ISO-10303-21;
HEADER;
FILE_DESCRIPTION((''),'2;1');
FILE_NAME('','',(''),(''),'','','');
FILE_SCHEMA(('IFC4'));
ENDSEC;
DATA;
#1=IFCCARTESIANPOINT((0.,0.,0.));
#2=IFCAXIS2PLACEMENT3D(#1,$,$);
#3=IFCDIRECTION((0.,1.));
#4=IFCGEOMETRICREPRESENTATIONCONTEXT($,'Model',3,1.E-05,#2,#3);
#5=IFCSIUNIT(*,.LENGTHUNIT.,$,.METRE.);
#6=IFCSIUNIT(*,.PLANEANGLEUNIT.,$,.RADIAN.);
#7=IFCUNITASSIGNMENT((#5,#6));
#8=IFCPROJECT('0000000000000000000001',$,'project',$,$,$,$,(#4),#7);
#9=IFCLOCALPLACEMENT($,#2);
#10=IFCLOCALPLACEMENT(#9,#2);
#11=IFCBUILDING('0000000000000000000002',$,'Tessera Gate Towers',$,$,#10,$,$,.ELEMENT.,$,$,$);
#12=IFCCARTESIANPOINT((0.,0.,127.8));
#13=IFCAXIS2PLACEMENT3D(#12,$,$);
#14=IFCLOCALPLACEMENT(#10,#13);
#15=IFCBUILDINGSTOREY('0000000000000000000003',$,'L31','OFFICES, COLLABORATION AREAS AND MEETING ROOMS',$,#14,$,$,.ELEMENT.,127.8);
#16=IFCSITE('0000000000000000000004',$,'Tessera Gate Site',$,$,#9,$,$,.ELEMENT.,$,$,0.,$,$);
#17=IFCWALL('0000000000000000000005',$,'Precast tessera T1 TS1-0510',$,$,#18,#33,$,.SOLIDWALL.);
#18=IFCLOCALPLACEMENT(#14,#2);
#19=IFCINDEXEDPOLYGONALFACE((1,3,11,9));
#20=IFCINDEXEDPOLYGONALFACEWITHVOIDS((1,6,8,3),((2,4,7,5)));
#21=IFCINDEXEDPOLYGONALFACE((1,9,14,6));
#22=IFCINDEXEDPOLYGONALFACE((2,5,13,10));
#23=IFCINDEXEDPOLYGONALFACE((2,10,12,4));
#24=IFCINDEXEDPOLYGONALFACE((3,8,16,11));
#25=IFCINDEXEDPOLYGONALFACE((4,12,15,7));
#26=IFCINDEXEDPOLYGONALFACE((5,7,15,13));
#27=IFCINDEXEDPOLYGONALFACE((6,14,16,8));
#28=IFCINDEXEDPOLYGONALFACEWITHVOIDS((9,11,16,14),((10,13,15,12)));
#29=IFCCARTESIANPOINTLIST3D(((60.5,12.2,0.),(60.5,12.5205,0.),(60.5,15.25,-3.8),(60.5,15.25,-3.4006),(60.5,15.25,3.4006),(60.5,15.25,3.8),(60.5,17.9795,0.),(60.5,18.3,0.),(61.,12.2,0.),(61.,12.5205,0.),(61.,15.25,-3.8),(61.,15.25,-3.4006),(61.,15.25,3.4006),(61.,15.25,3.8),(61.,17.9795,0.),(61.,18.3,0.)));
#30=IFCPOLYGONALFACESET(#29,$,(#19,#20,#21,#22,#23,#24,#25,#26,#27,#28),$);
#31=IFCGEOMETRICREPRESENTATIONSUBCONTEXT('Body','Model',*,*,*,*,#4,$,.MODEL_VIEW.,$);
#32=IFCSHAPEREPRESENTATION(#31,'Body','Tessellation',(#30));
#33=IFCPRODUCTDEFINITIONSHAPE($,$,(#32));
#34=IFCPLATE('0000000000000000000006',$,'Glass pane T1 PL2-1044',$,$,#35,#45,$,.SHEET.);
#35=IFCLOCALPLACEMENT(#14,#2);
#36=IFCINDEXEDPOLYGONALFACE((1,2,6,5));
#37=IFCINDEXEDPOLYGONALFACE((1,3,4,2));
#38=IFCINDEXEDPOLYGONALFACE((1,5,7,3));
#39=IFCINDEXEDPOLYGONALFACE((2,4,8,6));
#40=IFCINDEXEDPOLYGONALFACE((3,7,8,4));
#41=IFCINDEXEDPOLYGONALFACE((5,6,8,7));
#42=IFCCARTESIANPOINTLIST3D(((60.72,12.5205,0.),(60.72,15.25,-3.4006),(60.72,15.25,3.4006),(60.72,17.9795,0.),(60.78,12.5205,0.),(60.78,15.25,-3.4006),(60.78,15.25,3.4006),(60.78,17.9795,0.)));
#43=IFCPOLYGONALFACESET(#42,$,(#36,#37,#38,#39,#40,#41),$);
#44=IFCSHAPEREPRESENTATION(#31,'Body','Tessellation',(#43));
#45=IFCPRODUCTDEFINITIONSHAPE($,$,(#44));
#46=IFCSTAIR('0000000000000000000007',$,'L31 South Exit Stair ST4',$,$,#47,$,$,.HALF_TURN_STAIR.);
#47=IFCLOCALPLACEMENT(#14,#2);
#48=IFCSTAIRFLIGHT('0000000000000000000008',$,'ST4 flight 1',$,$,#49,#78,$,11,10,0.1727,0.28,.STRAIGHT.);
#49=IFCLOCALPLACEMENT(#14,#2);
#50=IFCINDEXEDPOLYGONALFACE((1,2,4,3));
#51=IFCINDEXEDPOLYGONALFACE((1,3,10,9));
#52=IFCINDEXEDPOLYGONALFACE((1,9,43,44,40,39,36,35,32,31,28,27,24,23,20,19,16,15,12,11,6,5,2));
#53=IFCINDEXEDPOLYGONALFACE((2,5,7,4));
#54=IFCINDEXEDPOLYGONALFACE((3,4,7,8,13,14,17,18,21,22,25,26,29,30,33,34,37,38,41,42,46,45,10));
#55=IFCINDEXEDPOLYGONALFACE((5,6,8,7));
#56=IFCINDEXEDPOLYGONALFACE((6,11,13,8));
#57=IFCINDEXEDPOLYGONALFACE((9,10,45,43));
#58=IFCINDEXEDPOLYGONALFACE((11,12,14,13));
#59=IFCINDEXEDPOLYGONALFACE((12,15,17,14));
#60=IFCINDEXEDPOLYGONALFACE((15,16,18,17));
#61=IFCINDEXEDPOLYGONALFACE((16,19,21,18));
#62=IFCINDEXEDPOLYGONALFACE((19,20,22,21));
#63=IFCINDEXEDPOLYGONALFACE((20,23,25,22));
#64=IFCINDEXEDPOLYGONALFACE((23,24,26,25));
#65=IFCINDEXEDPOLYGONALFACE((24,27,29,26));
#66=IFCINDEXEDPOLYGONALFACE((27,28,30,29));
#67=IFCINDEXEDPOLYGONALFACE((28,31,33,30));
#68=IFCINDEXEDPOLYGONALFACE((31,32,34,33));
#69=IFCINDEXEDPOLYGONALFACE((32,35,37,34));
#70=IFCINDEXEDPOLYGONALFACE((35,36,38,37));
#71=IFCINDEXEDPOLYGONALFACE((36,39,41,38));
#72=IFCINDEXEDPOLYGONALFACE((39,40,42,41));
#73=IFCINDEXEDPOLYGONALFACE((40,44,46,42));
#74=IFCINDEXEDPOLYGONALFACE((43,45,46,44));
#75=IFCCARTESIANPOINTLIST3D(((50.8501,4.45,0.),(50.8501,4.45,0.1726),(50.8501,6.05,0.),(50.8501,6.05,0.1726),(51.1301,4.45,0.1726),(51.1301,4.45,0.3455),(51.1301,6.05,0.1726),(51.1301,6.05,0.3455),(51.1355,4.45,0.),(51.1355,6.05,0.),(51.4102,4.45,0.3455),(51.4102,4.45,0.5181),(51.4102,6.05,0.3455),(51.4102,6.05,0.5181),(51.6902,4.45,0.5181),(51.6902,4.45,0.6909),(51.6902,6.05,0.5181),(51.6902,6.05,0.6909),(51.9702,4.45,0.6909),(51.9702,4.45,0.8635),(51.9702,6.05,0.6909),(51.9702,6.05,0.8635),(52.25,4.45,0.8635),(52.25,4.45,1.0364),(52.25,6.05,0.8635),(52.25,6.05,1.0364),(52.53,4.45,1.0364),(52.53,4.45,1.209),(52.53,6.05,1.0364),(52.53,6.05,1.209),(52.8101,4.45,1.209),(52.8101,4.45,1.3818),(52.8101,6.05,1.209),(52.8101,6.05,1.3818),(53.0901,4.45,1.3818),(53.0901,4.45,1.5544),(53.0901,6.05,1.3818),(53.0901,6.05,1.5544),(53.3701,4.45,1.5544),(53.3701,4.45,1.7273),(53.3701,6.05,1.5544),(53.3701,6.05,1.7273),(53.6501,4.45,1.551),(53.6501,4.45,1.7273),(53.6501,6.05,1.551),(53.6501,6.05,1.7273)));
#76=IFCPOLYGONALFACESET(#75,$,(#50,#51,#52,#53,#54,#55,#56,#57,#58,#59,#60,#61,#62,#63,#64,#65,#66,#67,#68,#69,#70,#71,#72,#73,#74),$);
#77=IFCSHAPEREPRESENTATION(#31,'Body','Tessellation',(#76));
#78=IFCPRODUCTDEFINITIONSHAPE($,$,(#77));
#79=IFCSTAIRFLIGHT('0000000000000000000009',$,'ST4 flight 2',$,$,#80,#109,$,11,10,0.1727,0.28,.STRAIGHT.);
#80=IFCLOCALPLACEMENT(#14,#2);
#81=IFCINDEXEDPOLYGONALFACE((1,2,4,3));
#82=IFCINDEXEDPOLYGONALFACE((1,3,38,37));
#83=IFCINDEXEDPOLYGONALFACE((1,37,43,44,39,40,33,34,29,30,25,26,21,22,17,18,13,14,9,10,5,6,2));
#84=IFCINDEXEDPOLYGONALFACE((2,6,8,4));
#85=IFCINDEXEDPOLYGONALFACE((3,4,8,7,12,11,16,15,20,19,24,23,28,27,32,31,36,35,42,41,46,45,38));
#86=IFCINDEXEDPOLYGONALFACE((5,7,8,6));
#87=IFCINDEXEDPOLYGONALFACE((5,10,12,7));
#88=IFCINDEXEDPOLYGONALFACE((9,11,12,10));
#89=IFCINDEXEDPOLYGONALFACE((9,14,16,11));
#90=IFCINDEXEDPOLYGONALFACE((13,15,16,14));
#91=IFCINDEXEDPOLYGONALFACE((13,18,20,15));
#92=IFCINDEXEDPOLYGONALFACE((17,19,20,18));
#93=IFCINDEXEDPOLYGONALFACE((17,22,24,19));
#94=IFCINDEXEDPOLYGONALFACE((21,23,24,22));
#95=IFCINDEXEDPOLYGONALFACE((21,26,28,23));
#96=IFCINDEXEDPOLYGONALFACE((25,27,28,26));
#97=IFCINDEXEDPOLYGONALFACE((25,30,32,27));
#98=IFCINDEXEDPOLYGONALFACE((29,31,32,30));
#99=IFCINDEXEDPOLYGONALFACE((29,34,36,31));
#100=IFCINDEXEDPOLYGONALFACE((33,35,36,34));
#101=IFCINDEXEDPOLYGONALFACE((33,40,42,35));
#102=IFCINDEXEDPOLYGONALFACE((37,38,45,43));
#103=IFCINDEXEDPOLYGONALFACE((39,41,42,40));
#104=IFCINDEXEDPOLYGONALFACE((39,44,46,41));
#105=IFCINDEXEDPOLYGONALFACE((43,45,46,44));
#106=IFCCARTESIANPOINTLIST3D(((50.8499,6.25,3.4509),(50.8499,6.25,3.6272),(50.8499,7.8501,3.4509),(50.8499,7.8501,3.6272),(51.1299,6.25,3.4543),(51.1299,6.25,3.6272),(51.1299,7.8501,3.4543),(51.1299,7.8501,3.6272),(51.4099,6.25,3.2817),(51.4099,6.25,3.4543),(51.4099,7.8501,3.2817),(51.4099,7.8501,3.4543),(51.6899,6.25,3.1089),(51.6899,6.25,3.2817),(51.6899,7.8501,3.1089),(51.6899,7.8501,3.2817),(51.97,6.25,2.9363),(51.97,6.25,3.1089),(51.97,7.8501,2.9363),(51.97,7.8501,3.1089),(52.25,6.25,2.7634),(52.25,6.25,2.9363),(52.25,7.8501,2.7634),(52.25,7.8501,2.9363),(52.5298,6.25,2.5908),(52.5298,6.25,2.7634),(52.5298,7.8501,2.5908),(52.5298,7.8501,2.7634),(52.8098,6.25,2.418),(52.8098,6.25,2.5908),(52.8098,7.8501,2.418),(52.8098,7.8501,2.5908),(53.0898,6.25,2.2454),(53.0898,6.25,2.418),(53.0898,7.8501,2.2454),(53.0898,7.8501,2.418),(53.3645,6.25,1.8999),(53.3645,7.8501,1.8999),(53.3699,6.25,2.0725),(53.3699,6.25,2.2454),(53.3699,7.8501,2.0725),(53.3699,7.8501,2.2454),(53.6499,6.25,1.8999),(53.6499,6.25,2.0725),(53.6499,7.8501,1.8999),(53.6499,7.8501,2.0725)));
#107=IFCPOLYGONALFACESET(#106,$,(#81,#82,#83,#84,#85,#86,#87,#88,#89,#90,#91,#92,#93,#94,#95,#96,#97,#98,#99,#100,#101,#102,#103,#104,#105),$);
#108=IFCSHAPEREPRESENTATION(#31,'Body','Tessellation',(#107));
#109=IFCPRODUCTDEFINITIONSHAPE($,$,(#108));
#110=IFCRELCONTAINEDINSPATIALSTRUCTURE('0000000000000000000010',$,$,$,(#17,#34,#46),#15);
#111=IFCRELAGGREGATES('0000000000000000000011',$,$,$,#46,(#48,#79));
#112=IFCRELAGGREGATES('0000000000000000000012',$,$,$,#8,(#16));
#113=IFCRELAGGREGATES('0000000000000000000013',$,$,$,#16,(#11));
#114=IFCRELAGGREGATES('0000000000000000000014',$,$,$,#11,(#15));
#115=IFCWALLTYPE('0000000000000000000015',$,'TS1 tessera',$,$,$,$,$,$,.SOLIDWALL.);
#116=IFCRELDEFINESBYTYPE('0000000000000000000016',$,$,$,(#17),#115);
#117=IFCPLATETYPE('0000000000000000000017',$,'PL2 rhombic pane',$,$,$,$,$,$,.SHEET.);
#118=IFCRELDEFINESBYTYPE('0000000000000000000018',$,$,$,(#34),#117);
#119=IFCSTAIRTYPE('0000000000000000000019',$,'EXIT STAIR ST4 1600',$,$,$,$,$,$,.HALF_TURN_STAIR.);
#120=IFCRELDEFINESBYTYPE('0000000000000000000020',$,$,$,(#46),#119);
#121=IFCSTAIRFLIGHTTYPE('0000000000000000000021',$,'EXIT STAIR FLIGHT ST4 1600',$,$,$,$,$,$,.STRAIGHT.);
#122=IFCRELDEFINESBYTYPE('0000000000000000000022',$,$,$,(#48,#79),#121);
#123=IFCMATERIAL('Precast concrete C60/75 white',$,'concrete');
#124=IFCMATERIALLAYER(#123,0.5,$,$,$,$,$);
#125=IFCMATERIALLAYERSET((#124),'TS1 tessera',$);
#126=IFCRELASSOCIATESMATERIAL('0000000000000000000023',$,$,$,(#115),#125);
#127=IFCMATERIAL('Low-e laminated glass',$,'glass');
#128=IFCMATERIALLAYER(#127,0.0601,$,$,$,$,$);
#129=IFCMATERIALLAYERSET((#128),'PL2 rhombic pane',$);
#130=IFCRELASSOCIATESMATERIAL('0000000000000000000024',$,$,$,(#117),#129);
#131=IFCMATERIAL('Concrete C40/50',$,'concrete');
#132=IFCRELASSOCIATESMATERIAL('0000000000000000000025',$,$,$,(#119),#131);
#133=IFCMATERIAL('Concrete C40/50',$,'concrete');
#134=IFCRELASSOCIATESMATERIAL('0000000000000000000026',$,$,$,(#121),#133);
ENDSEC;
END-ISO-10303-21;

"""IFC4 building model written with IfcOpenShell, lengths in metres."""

from ifc_helpers import new_model, si_unit, direction, frame, origin, place, context, subcontext, project, spatial, polyline, outline, extrude, source, transform, mapped, material, layer, layer_set, type_object, element, fill, aggregate, save


model = new_model("IFC4")

# Units and contexts
model_context = context("Model", 3, precision=1e-05, world=origin(), true_north=direction((0.0, 1.0)))
body_context = subcontext(model_context, "Body", "Model", "MODEL_VIEW")
ifc_project = project(units=[si_unit("LENGTHUNIT", "METRE"), si_unit("PLANEANGLEUNIT", "RADIAN")], contexts=[model_context])

# Site, building, storey
site_placement = place(None, origin())
site = spatial("IfcSite", under=ifc_project, at=site_placement, Name="Tessera Gate Site", CompositionType="ELEMENT", RefElevation=0.0)
building_placement = place(site_placement, origin())
building = spatial("IfcBuilding", under=site, at=building_placement, Name="Tessera Gate Towers", CompositionType="ELEMENT")
storey_placement = place(building_placement, frame((0.0, 0.0, 127.8)))
storey = spatial("IfcBuildingStorey", under=building, at=storey_placement, Name="L31", Description="OFFICES, COLLABORATION AREAS AND MEETING ROOMS", CompositionType="ELEMENT", Elevation=127.8)

# Wall, opening, plate
ifc_material_1 = material(Name="Precast concrete C60/75 white", Category="concrete")
ifc_layer_1 = layer(ifc_material_1, 0.5)
ifc_layer_set_1 = layer_set([ifc_layer_1], Name="TS1 tessera")
wall_type_1 = type_object("IfcWallType", Name="TS1 tessera", PredefinedType="SOLIDWALL", material=ifc_layer_set_1)
shared_shape_1 = source(origin(), body_context, "Body", "SweptSolid", [
    extrude(outline(polyline([(3.05, 0.0), (6.1001, 3.8), (3.05, 7.6001), (0.0, 3.8), (3.05, 0.0)])), frame((0.0, 0.25, 0.0), z_axis=(0.0, -1.0, 0.0), x_axis=(1.0, 0.0, 0.0)), (0.0, 0.0, 1.0), 0.5),
])
wall_1_placement = place(storey_placement, frame((60.75, 12.2, -3.8), z_axis=(0.0, 0.0, 1.0), x_axis=(0.0, 1.0, 0.0)))
wall_1 = element("IfcWall", 1, at=wall_1_placement, inside=storey, type_object=wall_type_1, Name="Precast tessera T1 TS1-0510", PredefinedType="SOLIDWALL", context=body_context, shape_type="MappedRepresentation", body=[
    mapped(shared_shape_1, transform((0.0, 0.0, 0.0), scale=1.0)),
])
shared_shape_2 = source(origin(), body_context, "Body", "SweptSolid", [
    extrude(outline(polyline([(3.05, 0.3994), (5.7795, 3.8), (3.05, 7.2007), (0.3206, 3.8), (3.05, 0.3994)])), frame((0.0, 0.26, 0.0), z_axis=(0.0, -1.0, 0.0), x_axis=(1.0, 0.0, 0.0)), (0.0, 0.0, 1.0), 0.52),
])
opening_1_placement = place(wall_1_placement, origin())
opening_1 = element("IfcOpeningElement", 2, at=opening_1_placement, cuts=wall_1, PredefinedType="OPENING", context=body_context, shape_type="MappedRepresentation", body=[
    mapped(shared_shape_2, transform((0.0, 0.0, 0.0), scale=1.0)),
])
ifc_material_2 = material(Name="Low-e laminated glass", Category="glass")
ifc_layer_2 = layer(ifc_material_2, 0.0601)
ifc_layer_set_2 = layer_set([ifc_layer_2], Name="PL2 rhombic pane")
plate_type = type_object("IfcPlateType", Name="PL2 rhombic pane", PredefinedType="SHEET", material=ifc_layer_set_2)
shared_shape_3 = source(origin(), body_context, "Body", "SweptSolid", [
    extrude(outline(polyline([(3.05, 0.3994), (5.7795, 3.8), (3.05, 7.2007), (0.3206, 3.8), (3.05, 0.3994)])), frame((0.0, 0.03, 0.0), z_axis=(0.0, -1.0, 0.0), x_axis=(1.0, 0.0, 0.0)), (0.0, 0.0, 1.0), 0.0601),
])
plate_placement = place(opening_1_placement, origin())
plate = element("IfcPlate", 3, at=plate_placement, inside=storey, type_object=plate_type, Name="Glass pane T1 PL2-1044", PredefinedType="SHEET", context=body_context, shape_type="MappedRepresentation", body=[
    mapped(shared_shape_3, transform((0.0, 0.0, 0.0), scale=1.0)),
])
fill(opening_1, plate)

# Stair, stair flights
ifc_material_3 = material(Name="Concrete C40/50", Category="concrete")
stair_type = type_object("IfcStairType", Name="EXIT STAIR ST4 1600", PredefinedType="HALF_TURN_STAIR", material=ifc_material_3)
stair_placement = place(storey_placement, origin())
stair = element("IfcStair", 4, at=stair_placement, inside=storey, type_object=stair_type, Name="L31 South Exit Stair ST4", PredefinedType="HALF_TURN_STAIR")
ifc_material_4 = material(Name="Concrete C40/50", Category="concrete")
stair_flight_type = type_object("IfcStairFlightType", Name="EXIT STAIR FLIGHT ST4 1600", PredefinedType="STRAIGHT", material=ifc_material_4)
stair_flight_1_placement = place(storey_placement, frame((50.8501, 5.25, 0.0), z_axis=(0.0, 0.0, 1.0), x_axis=(1.0, 0.0, 0.0)))
stair_flight_1 = element("IfcStairFlight", 5, at=stair_flight_1_placement, type_object=stair_flight_type, Name="ST4 flight 1", NumberOfRisers=11, NumberOfTreads=10, PredefinedType="STRAIGHT", RiserHeight=0.1727, TreadLength=0.28, context=body_context, shape_type="SweptSolid", body=[
    extrude(outline(polyline([(0.0, 0.0), (0.0, 0.1726), (0.28, 0.1726), (0.28, 0.3455), (0.5601, 0.3455), (0.5601, 0.5181), (0.8401, 0.5181), (0.8401, 0.6909), (1.1201, 0.6909), (1.1201, 0.8635), (1.3999, 0.8635), (1.3999, 1.0364), (1.6799, 1.0364), (1.6799, 1.209), (1.96, 1.209), (1.96, 1.3818), (2.24, 1.3818), (2.24, 1.5544), (2.52, 1.5544), (2.52, 1.7273), (2.8, 1.7273), (2.8, 1.8999), (2.8, 1.551), (0.2854, 0.0), (0.0, 0.0)])), frame((0.0, 0.8, 0.0), z_axis=(0.0, -1.0, 0.0), x_axis=(1.0, 0.0, 0.0)), (0.0, 0.0, 1.0), 1.6001),
])
stair_flight_2_placement = place(storey_placement, frame((53.6499, 7.05, 1.8999), z_axis=(0.0, 0.0, 1.0), x_axis=(-1.0, 0.0, 0.0)))
stair_flight_2 = element("IfcStairFlight", 6, at=stair_flight_2_placement, type_object=stair_flight_type, Name="ST4 flight 2", NumberOfRisers=11, NumberOfTreads=10, PredefinedType="STRAIGHT", RiserHeight=0.1727, TreadLength=0.28, context=body_context, shape_type="SweptSolid", body=[
    extrude(outline(polyline([(0.0, 0.0), (0.0, 0.1726), (0.28, 0.1726), (0.28, 0.3455), (0.5601, 0.3455), (0.5601, 0.5181), (0.8401, 0.5181), (0.8401, 0.6909), (1.1201, 0.6909), (1.1201, 0.8635), (1.3999, 0.8635), (1.3999, 1.0364), (1.6799, 1.0364), (1.6799, 1.209), (1.96, 1.209), (1.96, 1.3818), (2.24, 1.3818), (2.24, 1.5544), (2.52, 1.5544), (2.52, 1.7273), (2.8, 1.7273), (2.8, 1.8999), (2.8, 1.551), (0.2854, 0.0), (0.0, 0.0)])), frame((0.0, 0.8, 0.0), z_axis=(0.0, -1.0, 0.0), x_axis=(1.0, 0.0, 0.0)), (0.0, 0.0, 1.0), 1.6001),
])
aggregate(stair, [stair_flight_1, stair_flight_2])

save(model, "model.ifc")
